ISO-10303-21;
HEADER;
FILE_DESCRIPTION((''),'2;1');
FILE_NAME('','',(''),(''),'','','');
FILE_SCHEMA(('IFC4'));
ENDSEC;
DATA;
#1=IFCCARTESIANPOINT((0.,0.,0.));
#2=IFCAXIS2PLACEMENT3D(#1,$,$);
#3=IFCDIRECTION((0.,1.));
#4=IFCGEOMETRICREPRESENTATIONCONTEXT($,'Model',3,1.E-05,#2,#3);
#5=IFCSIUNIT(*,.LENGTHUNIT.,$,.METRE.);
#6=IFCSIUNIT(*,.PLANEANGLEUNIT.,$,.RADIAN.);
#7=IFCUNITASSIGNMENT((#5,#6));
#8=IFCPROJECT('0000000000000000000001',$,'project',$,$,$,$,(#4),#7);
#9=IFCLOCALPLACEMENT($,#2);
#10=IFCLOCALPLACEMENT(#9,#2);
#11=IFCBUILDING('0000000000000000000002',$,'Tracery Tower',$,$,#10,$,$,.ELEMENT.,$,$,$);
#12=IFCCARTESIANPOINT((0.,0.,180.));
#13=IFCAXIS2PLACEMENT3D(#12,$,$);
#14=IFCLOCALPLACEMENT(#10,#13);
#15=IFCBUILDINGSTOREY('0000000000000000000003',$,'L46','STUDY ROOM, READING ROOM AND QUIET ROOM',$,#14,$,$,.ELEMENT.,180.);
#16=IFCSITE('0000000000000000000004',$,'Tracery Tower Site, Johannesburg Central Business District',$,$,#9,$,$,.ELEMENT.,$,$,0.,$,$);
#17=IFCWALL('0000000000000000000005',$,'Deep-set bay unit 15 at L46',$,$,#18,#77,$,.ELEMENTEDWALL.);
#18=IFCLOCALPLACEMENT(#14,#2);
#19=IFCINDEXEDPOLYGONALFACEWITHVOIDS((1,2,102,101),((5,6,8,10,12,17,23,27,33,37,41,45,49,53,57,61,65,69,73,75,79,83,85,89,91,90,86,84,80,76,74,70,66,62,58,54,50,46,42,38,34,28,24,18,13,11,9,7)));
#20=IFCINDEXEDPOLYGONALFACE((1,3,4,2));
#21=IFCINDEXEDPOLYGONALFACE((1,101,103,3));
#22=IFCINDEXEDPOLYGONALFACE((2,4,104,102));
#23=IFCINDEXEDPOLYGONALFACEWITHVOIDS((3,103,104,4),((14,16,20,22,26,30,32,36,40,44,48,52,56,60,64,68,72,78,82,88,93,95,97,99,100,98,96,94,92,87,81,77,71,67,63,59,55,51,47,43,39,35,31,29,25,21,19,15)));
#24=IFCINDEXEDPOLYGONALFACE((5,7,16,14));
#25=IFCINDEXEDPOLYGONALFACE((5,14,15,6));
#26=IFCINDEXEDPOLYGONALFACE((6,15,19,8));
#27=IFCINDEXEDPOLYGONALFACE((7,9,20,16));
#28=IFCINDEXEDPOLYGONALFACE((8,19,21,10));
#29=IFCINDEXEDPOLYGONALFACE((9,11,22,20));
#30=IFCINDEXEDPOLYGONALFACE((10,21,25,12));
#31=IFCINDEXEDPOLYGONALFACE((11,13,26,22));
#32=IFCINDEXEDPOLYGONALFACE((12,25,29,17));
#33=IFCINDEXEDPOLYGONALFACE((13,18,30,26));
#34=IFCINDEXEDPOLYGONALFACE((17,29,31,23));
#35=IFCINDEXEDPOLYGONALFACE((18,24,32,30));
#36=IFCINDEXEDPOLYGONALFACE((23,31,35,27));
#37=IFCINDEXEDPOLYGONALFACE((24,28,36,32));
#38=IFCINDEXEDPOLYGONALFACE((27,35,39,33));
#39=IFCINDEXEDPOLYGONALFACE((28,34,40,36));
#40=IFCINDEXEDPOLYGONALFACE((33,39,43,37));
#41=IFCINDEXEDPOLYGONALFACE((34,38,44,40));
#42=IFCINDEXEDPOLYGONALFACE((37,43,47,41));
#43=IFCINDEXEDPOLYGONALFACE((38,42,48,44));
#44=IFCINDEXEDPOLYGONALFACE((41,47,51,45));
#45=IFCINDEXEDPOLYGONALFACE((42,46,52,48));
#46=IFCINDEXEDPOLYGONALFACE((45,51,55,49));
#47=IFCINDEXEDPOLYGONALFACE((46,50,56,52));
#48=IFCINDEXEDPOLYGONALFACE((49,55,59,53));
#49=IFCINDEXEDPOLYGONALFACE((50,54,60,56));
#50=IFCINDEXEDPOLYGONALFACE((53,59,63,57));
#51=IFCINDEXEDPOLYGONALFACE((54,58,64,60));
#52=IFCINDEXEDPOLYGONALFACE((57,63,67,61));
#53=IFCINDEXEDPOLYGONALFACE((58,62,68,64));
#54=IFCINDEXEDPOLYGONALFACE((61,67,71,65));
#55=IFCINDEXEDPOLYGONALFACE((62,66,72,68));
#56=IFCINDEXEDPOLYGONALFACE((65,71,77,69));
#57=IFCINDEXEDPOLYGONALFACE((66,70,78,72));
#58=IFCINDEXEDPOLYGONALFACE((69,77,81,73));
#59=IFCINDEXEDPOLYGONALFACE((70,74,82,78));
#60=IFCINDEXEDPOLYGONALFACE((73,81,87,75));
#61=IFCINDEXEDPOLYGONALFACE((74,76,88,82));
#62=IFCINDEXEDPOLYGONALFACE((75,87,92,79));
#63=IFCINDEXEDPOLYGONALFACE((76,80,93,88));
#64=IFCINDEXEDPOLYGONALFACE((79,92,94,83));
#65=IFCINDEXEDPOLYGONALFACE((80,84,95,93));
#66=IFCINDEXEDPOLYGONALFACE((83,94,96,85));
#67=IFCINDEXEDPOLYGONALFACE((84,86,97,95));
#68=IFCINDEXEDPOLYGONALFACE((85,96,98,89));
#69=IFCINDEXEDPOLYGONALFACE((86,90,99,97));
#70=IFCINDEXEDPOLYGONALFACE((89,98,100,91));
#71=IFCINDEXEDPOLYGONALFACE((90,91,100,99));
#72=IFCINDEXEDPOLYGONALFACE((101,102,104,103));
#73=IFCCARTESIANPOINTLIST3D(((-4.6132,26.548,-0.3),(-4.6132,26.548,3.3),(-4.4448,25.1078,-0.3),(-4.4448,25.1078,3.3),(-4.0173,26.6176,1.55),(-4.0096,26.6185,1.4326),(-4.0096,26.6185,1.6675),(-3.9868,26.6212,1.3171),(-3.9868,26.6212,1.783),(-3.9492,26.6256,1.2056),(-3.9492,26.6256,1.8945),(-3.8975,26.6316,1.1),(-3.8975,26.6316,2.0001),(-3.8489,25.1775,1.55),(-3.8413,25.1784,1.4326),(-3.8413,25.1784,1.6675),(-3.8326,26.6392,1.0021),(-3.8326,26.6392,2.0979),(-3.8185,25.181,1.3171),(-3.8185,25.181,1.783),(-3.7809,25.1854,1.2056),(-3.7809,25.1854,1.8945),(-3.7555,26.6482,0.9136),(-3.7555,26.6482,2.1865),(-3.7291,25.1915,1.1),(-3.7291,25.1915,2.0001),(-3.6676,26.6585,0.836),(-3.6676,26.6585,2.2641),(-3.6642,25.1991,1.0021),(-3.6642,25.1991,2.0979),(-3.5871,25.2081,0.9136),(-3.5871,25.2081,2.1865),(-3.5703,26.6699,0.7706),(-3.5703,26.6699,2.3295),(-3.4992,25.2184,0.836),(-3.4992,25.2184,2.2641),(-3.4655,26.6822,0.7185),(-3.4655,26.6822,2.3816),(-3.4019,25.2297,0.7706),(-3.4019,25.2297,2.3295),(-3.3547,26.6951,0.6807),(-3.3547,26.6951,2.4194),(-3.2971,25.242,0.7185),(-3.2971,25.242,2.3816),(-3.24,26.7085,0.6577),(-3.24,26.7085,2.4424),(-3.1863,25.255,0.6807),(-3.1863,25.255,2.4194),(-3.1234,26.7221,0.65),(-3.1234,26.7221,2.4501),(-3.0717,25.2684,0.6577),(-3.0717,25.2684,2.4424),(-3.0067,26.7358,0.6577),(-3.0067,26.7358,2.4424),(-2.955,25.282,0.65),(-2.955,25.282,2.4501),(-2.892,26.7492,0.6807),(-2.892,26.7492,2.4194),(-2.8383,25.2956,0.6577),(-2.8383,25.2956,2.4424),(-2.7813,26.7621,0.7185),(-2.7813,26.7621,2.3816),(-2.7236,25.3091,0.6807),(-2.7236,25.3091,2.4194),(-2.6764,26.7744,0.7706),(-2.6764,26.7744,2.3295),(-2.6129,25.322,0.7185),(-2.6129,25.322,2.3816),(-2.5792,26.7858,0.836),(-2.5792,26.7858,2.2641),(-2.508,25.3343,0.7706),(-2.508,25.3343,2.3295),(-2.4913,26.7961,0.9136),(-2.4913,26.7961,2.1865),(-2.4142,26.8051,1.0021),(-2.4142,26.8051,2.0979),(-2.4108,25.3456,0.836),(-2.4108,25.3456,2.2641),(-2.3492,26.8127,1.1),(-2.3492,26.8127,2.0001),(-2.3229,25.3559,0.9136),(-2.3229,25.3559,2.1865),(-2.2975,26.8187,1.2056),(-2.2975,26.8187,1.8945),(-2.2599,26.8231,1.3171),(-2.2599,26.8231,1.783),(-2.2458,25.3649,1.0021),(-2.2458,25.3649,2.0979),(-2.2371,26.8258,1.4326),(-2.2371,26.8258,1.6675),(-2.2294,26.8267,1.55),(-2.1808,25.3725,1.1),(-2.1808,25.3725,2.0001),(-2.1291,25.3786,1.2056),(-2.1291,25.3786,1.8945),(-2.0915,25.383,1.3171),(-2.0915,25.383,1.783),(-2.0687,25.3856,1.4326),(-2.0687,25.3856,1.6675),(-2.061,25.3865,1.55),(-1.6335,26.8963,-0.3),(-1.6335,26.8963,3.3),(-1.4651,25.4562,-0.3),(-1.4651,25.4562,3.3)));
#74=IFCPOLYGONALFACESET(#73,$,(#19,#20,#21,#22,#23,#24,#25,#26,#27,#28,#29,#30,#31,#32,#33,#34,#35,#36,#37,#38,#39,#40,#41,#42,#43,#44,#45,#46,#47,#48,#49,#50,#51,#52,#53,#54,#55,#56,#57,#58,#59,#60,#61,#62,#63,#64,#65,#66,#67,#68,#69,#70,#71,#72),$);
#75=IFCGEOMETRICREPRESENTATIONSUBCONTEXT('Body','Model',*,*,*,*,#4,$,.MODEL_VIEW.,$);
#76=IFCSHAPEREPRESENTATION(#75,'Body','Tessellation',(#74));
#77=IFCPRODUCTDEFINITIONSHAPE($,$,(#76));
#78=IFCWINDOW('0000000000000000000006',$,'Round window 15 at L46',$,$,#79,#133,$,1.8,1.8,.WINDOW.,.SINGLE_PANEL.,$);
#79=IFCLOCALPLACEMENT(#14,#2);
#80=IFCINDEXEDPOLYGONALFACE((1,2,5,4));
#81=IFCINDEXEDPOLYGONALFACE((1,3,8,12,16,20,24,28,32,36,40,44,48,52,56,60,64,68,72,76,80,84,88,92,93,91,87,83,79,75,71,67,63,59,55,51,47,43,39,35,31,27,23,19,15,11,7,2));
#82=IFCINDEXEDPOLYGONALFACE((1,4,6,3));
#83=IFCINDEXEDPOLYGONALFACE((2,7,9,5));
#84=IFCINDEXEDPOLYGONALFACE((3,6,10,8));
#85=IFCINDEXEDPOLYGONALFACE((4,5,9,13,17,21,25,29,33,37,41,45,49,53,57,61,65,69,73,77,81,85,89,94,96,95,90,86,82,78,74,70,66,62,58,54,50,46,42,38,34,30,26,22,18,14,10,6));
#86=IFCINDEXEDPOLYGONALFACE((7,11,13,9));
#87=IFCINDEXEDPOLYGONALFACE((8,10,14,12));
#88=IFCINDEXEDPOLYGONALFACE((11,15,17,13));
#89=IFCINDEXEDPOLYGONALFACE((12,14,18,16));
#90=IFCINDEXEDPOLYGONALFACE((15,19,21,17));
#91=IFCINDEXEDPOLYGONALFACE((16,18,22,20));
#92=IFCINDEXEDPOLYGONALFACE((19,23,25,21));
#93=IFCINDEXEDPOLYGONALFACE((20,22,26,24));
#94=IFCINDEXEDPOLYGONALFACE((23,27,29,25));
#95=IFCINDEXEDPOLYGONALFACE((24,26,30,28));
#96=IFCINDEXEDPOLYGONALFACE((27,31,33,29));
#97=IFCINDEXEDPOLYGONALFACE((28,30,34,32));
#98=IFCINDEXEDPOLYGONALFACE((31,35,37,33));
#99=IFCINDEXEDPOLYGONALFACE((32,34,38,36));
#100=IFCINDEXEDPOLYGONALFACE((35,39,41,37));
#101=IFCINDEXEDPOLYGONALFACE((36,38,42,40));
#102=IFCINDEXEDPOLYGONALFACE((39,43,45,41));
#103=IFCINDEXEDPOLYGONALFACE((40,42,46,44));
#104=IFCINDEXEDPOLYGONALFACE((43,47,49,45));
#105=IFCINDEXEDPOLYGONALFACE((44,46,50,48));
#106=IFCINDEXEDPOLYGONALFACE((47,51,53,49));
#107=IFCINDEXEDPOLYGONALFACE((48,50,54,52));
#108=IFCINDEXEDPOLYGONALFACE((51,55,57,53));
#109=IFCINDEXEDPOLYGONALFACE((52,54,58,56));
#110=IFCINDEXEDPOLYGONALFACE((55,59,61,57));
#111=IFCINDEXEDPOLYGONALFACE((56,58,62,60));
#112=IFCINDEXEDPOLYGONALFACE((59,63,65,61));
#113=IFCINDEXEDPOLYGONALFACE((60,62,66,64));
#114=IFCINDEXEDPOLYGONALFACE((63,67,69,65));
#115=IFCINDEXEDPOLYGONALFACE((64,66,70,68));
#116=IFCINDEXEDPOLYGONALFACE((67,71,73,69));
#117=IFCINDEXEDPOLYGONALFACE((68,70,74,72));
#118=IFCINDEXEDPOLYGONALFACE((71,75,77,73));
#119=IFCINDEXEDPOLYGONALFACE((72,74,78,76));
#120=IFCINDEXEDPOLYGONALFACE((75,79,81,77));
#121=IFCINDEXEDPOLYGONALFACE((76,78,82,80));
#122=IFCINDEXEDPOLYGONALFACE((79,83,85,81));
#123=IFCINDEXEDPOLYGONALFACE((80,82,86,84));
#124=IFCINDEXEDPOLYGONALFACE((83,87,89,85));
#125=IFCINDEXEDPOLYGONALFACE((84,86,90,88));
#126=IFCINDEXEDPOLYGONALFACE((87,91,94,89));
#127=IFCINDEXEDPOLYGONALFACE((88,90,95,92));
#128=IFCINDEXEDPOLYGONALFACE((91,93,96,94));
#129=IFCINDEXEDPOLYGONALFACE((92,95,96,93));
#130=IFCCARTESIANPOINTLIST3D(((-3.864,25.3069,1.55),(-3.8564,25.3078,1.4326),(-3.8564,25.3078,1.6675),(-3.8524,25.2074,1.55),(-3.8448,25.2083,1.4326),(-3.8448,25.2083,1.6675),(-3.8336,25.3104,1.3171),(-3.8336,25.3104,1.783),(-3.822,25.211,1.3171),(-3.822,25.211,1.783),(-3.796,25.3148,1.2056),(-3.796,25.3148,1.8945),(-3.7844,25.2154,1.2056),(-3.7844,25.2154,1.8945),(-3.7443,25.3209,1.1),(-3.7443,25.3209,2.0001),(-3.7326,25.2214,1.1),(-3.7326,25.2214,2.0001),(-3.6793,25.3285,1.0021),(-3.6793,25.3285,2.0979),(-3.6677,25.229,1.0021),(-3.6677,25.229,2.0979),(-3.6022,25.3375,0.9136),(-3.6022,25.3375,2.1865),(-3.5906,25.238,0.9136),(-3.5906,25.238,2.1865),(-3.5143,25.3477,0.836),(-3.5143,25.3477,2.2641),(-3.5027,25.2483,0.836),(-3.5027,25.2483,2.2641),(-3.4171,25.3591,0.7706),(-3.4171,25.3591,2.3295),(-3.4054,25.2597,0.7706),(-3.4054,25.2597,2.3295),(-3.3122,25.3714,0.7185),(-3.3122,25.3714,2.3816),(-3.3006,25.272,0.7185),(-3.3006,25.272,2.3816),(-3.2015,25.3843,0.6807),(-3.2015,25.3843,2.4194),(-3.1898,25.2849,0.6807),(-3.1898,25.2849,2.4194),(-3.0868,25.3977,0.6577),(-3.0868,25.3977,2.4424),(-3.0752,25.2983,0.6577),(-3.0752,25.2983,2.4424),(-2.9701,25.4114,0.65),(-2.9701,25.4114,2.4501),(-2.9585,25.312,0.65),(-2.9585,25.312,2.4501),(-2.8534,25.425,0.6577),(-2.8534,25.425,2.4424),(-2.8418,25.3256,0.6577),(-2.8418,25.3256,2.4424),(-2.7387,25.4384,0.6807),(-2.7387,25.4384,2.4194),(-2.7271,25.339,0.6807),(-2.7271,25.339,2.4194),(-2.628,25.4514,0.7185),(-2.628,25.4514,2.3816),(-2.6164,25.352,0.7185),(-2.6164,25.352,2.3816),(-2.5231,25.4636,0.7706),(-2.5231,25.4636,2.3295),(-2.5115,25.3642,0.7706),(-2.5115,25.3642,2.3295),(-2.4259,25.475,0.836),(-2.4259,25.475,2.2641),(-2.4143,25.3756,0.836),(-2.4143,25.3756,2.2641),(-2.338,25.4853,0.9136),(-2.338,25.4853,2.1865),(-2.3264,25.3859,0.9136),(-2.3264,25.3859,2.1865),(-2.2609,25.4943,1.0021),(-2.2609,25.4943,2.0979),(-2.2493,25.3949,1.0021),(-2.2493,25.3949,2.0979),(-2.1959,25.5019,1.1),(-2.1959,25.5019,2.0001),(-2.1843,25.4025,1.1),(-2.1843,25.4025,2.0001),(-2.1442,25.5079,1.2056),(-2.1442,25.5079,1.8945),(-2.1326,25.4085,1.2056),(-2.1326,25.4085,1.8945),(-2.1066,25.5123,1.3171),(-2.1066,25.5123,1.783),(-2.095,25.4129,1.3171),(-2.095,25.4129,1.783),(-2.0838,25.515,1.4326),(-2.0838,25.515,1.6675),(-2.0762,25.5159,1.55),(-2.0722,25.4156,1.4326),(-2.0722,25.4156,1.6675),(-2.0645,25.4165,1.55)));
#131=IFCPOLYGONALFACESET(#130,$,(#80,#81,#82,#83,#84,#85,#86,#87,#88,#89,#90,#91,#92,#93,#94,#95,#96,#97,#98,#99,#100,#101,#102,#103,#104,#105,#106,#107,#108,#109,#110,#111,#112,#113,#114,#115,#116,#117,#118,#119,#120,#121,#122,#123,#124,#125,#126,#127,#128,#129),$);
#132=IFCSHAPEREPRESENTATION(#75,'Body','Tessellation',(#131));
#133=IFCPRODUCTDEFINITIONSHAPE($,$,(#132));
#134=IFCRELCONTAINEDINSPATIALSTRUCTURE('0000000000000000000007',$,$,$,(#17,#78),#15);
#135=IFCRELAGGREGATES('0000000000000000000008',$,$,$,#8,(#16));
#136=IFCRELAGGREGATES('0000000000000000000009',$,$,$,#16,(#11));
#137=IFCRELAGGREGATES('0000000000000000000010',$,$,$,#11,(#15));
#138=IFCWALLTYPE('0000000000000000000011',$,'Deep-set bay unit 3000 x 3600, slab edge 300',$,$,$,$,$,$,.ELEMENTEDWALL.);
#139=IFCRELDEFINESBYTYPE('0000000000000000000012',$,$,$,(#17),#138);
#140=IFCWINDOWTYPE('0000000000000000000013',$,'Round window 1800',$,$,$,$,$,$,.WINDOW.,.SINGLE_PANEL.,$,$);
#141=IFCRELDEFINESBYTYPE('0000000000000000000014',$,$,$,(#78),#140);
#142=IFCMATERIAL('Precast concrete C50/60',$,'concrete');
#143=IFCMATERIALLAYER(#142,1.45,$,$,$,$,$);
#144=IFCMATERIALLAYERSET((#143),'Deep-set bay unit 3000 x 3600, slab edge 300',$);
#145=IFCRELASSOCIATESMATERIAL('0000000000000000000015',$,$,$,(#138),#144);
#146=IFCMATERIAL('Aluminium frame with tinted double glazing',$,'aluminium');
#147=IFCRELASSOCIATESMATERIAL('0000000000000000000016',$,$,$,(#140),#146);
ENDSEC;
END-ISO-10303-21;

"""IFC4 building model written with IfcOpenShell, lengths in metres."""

from ifc_helpers import new_model, si_unit, direction, frame, frame_2d, origin, origin_2d, place, context, subcontext, project, spatial, rectangle, circle, extrude, material, layer, layer_set, type_object, element, fill, save


model = new_model("IFC4")

# Units and contexts
model_context = context("Model", 3, precision=1e-05, world=origin(), true_north=direction((0.0, 1.0)))
body_context = subcontext(model_context, "Body", "Model", "MODEL_VIEW")
ifc_project = project(units=[si_unit("LENGTHUNIT", "METRE"), si_unit("PLANEANGLEUNIT", "RADIAN")], contexts=[model_context])

# Site, building, storey
site_placement = place(None, origin())
site = spatial("IfcSite", under=ifc_project, at=site_placement, Name="Tracery Tower Site, Johannesburg Central Business District", CompositionType="ELEMENT", RefElevation=0.0)
building_placement = place(site_placement, origin())
building = spatial("IfcBuilding", under=site, at=building_placement, Name="Tracery Tower", CompositionType="ELEMENT")
storey_placement = place(building_placement, frame((0.0, 0.0, 180.0)))
storey = spatial("IfcBuildingStorey", under=building, at=storey_placement, Name="L46", Description="STUDY ROOM, READING ROOM AND QUIET ROOM", CompositionType="ELEMENT", Elevation=180.0)

# Wall, opening, window
ifc_material_1 = material(Name="Precast concrete C50/60", Category="concrete")
ifc_layer_1 = layer(ifc_material_1, 1.45)
ifc_layer_set_1 = layer_set([ifc_layer_1], Name="Deep-set bay unit 3000 x 3600, slab edge 300")
wall_type_1 = type_object("IfcWallType", Name="Deep-set bay unit 3000 x 3600, slab edge 300", PredefinedType="ELEMENTEDWALL", material=ifc_layer_set_1)
ifc_material_2 = material(Name="Aluminium frame with tinted double glazing", Category="aluminium")
window_type = type_object("IfcWindowType", Name="Round window 1800", PartitioningType="SINGLE_PANEL", PredefinedType="WINDOW", material=ifc_material_2)
wall_1_placement = place(storey_placement, frame((-1.5493, 26.1763, -0.3), z_axis=(0.0, 0.0, 1.0), x_axis=(-0.993234, -0.116128, 0.0)))
wall_1 = element("IfcWall", 1, at=wall_1_placement, inside=storey, type_object=wall_type_1, Name="Deep-set bay unit 15 at L46", PredefinedType="ELEMENTEDWALL", context=body_context, shape_type="SweptSolid", body=[
    extrude(rectangle(XDim=3.0, YDim=1.45, at=frame_2d((1.5, 0.0))), origin(), (0.0, 0.0, 1.0), 3.6001),
])
opening_1_placement = place(wall_1_placement, frame((1.5, 0.0, 1.8501)))
opening_1 = element("IfcOpeningElement", 2, at=opening_1_placement, cuts=wall_1, PredefinedType="OPENING", context=body_context, shape_type="SweptSolid", body=[
    extrude(circle(Radius=0.9, at=origin_2d()), frame((0.0, 0.7349, 0.0), z_axis=(0.0, -1.0, 0.0), x_axis=(1.0, 0.0, 0.0)), (0.0, 0.0, 1.0), 1.47),
])
window_1_placement = place(opening_1_placement, origin())
window_1 = element("IfcWindow", 3, at=window_1_placement, inside=storey, type_object=window_type, Name="Round window 15 at L46", OverallHeight=1.8, OverallWidth=1.8, PartitioningType="SINGLE_PANEL", PredefinedType="WINDOW", context=body_context, shape_type="SweptSolid", body=[
    extrude(circle(Radius=0.9, at=origin_2d()), frame((0.0, 0.6948, 0.0), z_axis=(0.0, -1.0, 0.0), x_axis=(1.0, 0.0, 0.0)), (0.0, 0.0, 1.0), 0.1001),
])
fill(opening_1, window_1)

save(model, "model.ifc")
